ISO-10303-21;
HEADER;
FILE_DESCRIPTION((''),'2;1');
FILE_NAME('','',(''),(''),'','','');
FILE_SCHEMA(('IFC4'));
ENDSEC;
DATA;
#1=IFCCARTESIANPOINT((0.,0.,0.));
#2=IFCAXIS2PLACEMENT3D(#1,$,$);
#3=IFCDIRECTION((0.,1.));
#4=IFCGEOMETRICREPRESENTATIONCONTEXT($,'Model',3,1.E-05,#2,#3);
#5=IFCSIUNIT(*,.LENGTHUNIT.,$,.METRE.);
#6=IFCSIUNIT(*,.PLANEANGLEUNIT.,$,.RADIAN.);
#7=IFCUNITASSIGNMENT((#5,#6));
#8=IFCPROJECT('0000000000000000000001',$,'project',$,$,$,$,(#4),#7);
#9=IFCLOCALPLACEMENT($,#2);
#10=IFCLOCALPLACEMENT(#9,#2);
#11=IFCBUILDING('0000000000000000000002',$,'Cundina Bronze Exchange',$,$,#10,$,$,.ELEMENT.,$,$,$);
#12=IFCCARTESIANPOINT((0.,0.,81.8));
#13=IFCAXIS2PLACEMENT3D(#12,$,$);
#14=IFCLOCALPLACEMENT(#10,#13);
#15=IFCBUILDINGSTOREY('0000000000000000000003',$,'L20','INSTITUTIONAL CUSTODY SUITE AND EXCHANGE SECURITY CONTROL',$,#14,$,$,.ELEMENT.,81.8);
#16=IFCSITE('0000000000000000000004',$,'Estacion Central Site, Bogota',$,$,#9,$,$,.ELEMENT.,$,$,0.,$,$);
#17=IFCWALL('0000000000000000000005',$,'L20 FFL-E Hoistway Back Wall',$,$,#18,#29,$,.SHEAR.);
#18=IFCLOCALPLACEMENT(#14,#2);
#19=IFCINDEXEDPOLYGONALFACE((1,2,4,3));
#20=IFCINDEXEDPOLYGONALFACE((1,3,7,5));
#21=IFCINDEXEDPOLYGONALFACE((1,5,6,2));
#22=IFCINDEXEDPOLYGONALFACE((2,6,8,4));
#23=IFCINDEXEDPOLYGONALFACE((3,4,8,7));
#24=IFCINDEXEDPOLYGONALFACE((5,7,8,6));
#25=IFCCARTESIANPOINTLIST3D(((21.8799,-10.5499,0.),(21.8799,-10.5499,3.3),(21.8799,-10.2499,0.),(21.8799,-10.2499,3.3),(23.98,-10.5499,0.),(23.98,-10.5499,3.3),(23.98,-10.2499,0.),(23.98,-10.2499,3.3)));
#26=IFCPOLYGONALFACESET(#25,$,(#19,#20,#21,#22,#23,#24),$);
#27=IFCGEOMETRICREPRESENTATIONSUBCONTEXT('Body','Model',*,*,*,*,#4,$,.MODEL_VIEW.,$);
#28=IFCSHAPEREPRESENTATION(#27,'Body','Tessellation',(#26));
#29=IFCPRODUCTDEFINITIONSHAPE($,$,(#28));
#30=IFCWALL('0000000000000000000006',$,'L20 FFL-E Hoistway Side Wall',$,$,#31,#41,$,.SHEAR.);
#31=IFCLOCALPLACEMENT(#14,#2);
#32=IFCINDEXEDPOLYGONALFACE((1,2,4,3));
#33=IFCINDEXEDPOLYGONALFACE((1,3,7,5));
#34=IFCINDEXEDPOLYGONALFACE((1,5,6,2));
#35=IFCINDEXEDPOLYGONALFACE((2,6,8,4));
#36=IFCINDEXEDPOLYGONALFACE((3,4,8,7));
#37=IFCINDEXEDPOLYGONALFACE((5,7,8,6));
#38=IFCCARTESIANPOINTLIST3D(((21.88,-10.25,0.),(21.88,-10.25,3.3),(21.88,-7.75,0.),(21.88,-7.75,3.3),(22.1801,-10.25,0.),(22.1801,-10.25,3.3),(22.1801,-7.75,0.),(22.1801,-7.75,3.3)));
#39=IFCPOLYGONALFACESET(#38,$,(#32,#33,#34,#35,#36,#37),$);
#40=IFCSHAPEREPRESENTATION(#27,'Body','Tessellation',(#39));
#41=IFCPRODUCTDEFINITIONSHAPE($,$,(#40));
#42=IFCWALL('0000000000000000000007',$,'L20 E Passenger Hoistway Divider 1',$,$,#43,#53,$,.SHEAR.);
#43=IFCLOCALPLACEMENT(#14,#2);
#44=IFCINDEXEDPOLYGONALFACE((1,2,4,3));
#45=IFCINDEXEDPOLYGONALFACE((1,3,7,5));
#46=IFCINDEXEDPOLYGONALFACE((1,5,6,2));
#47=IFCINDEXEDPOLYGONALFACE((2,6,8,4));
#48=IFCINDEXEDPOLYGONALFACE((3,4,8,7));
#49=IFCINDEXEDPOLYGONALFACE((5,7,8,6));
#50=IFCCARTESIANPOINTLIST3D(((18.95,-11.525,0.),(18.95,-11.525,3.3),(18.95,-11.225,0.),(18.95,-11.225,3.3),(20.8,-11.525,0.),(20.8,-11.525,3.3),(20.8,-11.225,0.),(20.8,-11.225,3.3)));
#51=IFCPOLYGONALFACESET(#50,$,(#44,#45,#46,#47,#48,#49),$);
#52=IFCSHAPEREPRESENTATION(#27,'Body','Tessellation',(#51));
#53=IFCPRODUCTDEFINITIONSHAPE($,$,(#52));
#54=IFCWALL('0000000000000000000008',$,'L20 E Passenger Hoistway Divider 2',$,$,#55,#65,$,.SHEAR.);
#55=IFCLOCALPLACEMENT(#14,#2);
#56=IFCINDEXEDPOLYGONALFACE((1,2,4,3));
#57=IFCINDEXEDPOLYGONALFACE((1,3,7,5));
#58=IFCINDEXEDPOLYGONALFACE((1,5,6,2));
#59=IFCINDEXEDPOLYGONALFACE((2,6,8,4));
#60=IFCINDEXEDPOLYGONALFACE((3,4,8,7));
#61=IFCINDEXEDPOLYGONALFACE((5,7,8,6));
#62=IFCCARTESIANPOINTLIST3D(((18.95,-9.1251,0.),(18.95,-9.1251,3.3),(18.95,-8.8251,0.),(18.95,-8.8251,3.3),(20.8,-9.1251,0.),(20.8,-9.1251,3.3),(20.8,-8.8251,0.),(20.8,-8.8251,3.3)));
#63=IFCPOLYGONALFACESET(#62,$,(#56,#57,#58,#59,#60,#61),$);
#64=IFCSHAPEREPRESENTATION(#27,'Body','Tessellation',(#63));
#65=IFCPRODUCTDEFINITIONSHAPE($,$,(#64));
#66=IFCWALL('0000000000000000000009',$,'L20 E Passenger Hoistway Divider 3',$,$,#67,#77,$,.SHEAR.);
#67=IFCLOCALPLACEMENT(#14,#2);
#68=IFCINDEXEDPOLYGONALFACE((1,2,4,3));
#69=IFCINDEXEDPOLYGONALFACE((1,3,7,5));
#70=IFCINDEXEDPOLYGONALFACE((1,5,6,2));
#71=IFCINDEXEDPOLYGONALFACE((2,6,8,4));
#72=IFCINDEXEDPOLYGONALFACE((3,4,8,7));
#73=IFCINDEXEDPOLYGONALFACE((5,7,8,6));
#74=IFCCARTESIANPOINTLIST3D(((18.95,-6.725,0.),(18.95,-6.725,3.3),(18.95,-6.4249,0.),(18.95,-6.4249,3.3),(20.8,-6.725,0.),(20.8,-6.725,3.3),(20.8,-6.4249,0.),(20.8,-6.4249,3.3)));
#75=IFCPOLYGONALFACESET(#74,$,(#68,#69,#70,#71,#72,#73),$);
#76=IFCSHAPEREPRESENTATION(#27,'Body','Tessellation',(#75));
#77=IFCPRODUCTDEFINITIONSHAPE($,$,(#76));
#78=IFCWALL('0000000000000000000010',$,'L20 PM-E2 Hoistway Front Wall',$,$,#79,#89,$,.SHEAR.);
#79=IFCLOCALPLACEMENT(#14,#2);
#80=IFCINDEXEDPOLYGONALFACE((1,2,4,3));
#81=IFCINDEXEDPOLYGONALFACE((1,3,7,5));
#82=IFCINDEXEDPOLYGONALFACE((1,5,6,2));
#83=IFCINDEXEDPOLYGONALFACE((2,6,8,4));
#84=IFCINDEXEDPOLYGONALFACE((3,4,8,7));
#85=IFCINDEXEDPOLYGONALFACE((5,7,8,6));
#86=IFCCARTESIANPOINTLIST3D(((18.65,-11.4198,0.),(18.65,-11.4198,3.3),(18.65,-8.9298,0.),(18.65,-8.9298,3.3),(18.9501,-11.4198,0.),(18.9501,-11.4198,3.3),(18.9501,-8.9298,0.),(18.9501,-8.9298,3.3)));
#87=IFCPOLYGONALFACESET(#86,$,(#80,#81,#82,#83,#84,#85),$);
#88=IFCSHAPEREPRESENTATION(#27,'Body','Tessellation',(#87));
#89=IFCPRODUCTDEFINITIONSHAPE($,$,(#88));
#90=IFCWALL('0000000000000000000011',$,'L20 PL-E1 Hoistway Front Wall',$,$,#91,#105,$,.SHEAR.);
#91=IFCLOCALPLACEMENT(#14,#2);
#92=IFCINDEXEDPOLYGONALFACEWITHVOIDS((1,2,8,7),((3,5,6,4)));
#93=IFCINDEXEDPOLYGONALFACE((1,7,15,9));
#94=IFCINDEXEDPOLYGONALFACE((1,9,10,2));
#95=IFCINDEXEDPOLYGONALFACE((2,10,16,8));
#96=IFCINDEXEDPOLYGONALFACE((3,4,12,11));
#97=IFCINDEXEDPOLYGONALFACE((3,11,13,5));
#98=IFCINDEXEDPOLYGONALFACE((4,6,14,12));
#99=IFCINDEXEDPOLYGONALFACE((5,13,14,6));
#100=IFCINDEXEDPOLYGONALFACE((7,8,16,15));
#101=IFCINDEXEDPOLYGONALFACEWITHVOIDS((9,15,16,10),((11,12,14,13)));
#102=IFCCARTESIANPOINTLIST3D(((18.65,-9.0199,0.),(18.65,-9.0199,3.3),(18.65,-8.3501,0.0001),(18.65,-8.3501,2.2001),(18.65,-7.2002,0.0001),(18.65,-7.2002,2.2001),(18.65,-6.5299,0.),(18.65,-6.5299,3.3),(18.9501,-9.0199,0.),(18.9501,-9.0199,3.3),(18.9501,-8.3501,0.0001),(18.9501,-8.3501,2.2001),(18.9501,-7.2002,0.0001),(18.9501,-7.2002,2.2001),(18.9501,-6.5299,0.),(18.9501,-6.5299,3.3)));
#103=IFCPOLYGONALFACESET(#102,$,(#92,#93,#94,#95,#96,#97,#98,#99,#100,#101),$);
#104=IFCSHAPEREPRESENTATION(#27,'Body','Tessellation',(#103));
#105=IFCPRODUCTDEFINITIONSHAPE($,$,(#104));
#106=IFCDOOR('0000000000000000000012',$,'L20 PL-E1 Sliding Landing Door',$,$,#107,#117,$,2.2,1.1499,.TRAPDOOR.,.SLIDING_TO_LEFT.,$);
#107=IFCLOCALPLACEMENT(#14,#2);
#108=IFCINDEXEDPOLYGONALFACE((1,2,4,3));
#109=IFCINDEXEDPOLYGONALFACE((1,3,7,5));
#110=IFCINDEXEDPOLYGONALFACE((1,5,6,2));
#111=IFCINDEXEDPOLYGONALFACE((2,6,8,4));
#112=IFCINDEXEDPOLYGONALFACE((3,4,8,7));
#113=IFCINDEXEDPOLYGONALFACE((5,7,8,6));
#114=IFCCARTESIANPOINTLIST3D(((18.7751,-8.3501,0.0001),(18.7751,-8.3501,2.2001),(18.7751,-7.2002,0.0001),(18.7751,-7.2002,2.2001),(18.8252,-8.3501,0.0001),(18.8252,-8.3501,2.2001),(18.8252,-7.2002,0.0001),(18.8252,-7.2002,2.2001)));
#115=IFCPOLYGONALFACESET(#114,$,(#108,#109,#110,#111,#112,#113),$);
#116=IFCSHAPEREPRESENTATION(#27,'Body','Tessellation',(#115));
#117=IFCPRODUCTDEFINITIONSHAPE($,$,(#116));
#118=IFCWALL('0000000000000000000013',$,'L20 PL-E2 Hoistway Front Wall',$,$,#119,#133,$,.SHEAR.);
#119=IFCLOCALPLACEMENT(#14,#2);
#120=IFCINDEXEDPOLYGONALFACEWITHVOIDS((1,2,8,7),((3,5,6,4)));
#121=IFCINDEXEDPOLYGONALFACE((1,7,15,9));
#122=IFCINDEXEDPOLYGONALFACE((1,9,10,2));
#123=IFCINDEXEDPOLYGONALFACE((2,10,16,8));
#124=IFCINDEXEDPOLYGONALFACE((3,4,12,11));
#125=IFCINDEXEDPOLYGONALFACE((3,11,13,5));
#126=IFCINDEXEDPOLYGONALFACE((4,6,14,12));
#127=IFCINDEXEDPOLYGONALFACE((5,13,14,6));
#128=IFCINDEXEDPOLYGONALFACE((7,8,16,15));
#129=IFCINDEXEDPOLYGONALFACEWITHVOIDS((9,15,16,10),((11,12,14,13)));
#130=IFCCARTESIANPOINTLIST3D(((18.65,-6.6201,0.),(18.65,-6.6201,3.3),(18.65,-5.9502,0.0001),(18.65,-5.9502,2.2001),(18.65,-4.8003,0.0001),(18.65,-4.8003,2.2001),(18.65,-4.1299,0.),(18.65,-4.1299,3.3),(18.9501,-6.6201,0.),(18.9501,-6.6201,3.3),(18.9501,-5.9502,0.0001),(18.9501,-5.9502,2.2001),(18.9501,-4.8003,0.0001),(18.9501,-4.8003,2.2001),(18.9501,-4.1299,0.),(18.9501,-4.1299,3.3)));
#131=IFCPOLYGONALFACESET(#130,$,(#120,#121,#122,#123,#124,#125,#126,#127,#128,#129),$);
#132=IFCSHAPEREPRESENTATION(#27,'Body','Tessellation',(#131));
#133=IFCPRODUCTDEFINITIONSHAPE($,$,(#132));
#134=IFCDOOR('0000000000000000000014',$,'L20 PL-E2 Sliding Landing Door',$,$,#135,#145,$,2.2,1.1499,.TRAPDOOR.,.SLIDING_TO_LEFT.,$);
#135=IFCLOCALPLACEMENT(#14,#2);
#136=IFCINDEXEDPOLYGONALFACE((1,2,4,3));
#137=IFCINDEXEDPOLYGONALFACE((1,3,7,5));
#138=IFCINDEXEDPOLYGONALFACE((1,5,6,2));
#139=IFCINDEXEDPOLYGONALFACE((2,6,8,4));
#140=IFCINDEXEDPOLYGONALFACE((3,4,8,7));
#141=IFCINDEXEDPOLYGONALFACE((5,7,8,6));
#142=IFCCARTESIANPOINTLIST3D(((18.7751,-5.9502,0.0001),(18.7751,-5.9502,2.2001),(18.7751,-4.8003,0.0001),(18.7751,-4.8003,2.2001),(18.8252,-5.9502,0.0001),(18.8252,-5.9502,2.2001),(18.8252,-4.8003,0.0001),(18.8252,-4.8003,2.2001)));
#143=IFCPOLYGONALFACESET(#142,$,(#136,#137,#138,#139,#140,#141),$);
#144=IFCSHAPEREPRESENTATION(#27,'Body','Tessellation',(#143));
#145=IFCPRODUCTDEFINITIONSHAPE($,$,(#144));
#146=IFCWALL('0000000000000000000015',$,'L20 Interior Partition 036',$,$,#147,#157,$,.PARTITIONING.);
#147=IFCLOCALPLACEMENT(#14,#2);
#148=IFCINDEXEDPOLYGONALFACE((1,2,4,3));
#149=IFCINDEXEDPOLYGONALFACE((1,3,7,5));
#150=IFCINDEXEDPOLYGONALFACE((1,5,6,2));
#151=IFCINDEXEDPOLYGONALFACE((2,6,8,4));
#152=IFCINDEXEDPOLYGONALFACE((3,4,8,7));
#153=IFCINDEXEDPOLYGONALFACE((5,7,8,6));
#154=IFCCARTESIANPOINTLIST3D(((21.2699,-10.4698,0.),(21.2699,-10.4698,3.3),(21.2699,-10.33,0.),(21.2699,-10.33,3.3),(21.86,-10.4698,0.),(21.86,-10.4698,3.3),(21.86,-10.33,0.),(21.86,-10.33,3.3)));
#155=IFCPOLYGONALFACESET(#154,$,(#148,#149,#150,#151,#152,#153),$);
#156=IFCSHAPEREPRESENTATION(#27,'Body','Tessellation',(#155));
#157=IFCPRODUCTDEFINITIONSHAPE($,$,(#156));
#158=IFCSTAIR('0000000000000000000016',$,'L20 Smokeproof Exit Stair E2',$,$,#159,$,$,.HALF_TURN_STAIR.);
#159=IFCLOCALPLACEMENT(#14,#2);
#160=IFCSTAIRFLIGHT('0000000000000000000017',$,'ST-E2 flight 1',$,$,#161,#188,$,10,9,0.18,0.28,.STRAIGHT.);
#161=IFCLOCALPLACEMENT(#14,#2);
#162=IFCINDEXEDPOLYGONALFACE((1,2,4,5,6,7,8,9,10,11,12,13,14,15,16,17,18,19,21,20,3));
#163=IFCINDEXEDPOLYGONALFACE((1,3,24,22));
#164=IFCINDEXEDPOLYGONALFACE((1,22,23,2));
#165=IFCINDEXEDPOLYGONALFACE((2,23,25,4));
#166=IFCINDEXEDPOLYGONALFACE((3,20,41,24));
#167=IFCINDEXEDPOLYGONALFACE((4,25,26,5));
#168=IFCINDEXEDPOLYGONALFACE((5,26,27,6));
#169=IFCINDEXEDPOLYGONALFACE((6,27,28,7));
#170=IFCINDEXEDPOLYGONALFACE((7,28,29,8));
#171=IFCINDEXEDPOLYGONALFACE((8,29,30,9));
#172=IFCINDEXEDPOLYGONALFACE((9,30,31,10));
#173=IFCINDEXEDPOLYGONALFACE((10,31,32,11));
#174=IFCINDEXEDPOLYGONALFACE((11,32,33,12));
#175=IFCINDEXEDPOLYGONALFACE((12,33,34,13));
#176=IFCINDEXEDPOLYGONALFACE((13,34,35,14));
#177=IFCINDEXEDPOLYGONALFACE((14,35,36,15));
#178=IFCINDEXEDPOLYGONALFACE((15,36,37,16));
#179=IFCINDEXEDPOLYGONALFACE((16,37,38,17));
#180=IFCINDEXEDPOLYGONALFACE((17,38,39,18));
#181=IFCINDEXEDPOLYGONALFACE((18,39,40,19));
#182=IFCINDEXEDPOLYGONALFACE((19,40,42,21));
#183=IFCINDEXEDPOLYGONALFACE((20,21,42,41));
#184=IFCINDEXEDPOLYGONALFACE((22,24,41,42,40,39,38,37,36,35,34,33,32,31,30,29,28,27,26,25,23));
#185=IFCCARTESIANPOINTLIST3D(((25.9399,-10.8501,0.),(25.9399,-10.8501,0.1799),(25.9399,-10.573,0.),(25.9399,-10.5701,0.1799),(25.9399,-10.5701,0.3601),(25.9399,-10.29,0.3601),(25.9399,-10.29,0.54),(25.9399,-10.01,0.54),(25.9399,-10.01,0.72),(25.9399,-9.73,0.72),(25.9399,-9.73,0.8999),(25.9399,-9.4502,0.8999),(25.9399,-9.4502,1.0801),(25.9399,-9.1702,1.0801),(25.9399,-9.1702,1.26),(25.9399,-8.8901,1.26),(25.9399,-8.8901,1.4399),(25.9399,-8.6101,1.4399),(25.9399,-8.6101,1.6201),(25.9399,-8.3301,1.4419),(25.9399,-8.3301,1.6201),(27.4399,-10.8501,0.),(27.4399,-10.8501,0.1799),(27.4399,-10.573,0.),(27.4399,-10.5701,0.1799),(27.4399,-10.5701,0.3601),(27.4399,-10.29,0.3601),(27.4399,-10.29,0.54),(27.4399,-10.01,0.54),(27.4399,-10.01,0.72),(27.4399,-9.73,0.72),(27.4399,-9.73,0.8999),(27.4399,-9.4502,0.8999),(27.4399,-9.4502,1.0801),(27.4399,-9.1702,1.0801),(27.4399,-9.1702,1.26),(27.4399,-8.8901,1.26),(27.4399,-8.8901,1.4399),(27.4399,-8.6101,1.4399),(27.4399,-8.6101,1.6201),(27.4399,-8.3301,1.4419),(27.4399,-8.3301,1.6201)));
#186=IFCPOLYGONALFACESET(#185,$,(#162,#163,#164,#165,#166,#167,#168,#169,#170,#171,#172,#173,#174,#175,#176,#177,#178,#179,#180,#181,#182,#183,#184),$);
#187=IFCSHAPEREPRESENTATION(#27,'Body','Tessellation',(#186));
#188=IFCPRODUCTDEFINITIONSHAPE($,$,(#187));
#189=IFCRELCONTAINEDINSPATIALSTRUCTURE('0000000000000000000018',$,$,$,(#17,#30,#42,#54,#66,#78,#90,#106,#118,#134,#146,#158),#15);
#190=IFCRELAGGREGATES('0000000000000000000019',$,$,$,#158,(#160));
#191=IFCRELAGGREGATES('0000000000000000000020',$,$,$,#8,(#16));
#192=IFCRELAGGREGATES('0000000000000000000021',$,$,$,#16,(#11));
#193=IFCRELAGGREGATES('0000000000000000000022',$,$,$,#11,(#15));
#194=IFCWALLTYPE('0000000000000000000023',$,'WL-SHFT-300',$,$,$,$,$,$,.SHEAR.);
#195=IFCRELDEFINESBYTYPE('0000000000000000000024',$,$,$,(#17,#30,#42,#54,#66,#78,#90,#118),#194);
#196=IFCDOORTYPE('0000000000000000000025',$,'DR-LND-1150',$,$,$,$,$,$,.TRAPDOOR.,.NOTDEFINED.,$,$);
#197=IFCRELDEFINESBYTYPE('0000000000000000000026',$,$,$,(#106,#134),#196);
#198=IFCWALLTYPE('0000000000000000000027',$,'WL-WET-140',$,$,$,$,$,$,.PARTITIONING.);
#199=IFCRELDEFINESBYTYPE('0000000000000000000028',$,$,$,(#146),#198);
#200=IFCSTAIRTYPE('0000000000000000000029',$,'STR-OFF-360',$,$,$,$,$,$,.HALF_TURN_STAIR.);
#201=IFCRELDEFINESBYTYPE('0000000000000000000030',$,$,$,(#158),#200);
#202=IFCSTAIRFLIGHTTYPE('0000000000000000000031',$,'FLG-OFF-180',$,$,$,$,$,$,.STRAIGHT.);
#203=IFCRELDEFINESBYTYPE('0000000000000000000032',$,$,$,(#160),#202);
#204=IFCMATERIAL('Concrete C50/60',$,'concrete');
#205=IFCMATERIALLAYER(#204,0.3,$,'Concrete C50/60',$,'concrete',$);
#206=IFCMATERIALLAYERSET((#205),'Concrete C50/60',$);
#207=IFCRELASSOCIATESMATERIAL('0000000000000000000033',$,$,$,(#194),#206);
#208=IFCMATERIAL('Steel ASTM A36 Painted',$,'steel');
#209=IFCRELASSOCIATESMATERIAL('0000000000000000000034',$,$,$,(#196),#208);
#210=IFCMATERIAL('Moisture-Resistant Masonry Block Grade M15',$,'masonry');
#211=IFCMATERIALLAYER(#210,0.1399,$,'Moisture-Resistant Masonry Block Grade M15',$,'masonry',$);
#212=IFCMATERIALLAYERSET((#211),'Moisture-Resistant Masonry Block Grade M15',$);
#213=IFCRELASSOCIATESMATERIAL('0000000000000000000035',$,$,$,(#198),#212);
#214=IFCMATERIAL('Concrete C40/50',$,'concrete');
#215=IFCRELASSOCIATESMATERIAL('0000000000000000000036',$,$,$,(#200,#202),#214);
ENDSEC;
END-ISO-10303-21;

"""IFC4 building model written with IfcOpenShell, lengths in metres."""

from ifc_helpers import new_model, si_unit, direction, frame, frame_2d, origin, place, context, subcontext, project, spatial, polyline, rectangle, outline, extrude, material, layer, layer_set, type_object, element, fill, aggregate, save


model = new_model("IFC4")

# Units and contexts
model_context = context("Model", 3, precision=1e-05, world=origin(), true_north=direction((0.0, 1.0)))
body_context = subcontext(model_context, "Body", "Model", "MODEL_VIEW")
ifc_project = project(units=[si_unit("LENGTHUNIT", "METRE"), si_unit("PLANEANGLEUNIT", "RADIAN")], contexts=[model_context])

# Site, building, storey
site_placement = place(None, origin())
site = spatial("IfcSite", under=ifc_project, at=site_placement, Name="Estacion Central Site, Bogota", CompositionType="ELEMENT", RefElevation=0.0)
building_placement = place(site_placement, origin())
building = spatial("IfcBuilding", under=site, at=building_placement, Name="Cundina Bronze Exchange", CompositionType="ELEMENT")
storey_placement = place(building_placement, frame((0.0, 0.0, 81.8)))
storey = spatial("IfcBuildingStorey", under=building, at=storey_placement, Name="L20", Description="INSTITUTIONAL CUSTODY SUITE AND EXCHANGE SECURITY CONTROL", CompositionType="ELEMENT", Elevation=81.8)

# Shared definitions
ifc_material_1 = material(Name="Concrete C50/60", Category="concrete")
ifc_layer_1 = layer(ifc_material_1, 0.3, Name="Concrete C50/60", Category="concrete")
ifc_layer_set_1 = layer_set([ifc_layer_1], Name="Concrete C50/60")
wall_type_1 = type_object("IfcWallType", Name="WL-SHFT-300", PredefinedType="SHEAR", material=ifc_layer_set_1)

# Shared definitions
ifc_material_2 = material(Name="Steel ASTM A36 Painted", Category="steel")
door_type_1 = type_object("IfcDoorType", Name="DR-LND-1150", OperationType="NOTDEFINED", PredefinedType="TRAPDOOR", material=ifc_material_2)

# Walls
wall_1_placement = place(storey_placement, frame((21.8799, -10.3999, 0.0), z_axis=(0.0, 0.0, 1.0), x_axis=(1.0, 0.0, 0.0)))
element("IfcWall", 1, at=wall_1_placement, inside=storey, type_object=wall_type_1, Name="L20 FFL-E Hoistway Back Wall", PredefinedType="SHEAR", context=body_context, shape_type="SweptSolid", body=[
    extrude(rectangle(XDim=2.1001, YDim=0.3, at=frame_2d((1.05, 0.0))), origin(), (0.0, 0.0, 1.0), 3.3),
])
wall_2_placement = place(storey_placement, frame((22.03, -10.25, 0.0), z_axis=(0.0, 0.0, 1.0), x_axis=(0.0, 1.0, 0.0)))
element("IfcWall", 2, at=wall_2_placement, inside=storey, type_object=wall_type_1, Name="L20 FFL-E Hoistway Side Wall", PredefinedType="SHEAR", context=body_context, shape_type="SweptSolid", body=[
    extrude(rectangle(XDim=2.5, YDim=0.3, at=frame_2d((1.25, 0.0))), origin(), (0.0, 0.0, 1.0), 3.3),
])
for number, where, z_axis, x_axis, name in (
    (3, (18.95, -11.375, 0.0), (0.0, 0.0, 1.0), (1.0, 0.0, 0.0), "L20 E Passenger Hoistway Divider 1"),
    (4, (18.95, -8.9751, 0.0), (0.0, 0.0, 1.0), (1.0, 0.0, 0.0), "L20 E Passenger Hoistway Divider 2"),
    (5, (18.95, -6.575, 0.0), (0.0, 0.0, 1.0), (1.0, 0.0, 0.0), "L20 E Passenger Hoistway Divider 3"),
):
    element("IfcWall", number, at=place(storey_placement, frame(where, z_axis=z_axis, x_axis=x_axis)), inside=storey, type_object=wall_type_1, Name=name, PredefinedType="SHEAR", context=body_context, shape_type="SweptSolid", body=[
        extrude(rectangle(XDim=1.8501, YDim=0.3, at=frame_2d((0.925, 0.0))), origin(), (0.0, 0.0, 1.0), 3.3),
    ])
wall_3_placement = place(storey_placement, frame((18.8, -11.4199, 0.0), z_axis=(0.0, 0.0, 1.0), x_axis=(0.0, 1.0, 0.0)))
element("IfcWall", 6, at=wall_3_placement, inside=storey, type_object=wall_type_1, Name="L20 PM-E2 Hoistway Front Wall", PredefinedType="SHEAR", context=body_context, shape_type="SweptSolid", body=[
    extrude(rectangle(XDim=2.49, YDim=0.3, at=frame_2d((1.2451, 0.0))), origin(), (0.0, 0.0, 1.0), 3.3),
])

# Walls, openings, doors
wall_4_placement = place(storey_placement, frame((18.8, -9.02, 0.0), z_axis=(0.0, 0.0, 1.0), x_axis=(0.0, 1.0, 0.0)))
wall_4 = element("IfcWall", 7, at=wall_4_placement, inside=storey, type_object=wall_type_1, Name="L20 PL-E1 Hoistway Front Wall", PredefinedType="SHEAR", context=body_context, shape_type="SweptSolid", body=[
    extrude(rectangle(XDim=2.49, YDim=0.3, at=frame_2d((1.2451, 0.0))), origin(), (0.0, 0.0, 1.0), 3.3),
])
opening_1_placement = place(wall_4_placement, frame((0.6699, 0.0, 0.0)))
opening_1 = element("IfcOpeningElement", 8, at=opening_1_placement, cuts=wall_4, PredefinedType="OPENING", context=body_context, shape_type="SweptSolid", body=[
    extrude(rectangle(XDim=1.1499, YDim=2.2, at=frame_2d((0.575, 1.1001))), frame((0.0, 0.1599, 0.0), z_axis=(0.0, -1.0, 0.0), x_axis=(1.0, 0.0, 0.0)), (0.0, 0.0, 1.0), 0.3201),
])
door_1_placement = place(opening_1_placement, origin())
door_1 = element("IfcDoor", 9, at=door_1_placement, inside=storey, type_object=door_type_1, Name="L20 PL-E1 Sliding Landing Door", OperationType="SLIDING_TO_LEFT", OverallHeight=2.2, OverallWidth=1.1499, PredefinedType="TRAPDOOR", context=body_context, shape_type="SweptSolid", body=[
    extrude(rectangle(XDim=1.1499, YDim=2.2, at=frame_2d((0.575, 1.1001))), frame((0.0, 0.0249, 0.0), z_axis=(0.0, -1.0, 0.0), x_axis=(1.0, 0.0, 0.0)), (0.0, 0.0, 1.0), 0.05),
])
fill(opening_1, door_1)
wall_5_placement = place(storey_placement, frame((18.8, -6.6201, 0.0), z_axis=(0.0, 0.0, 1.0), x_axis=(0.0, 1.0, 0.0)))
wall_5 = element("IfcWall", 10, at=wall_5_placement, inside=storey, type_object=wall_type_1, Name="L20 PL-E2 Hoistway Front Wall", PredefinedType="SHEAR", context=body_context, shape_type="SweptSolid", body=[
    extrude(rectangle(XDim=2.4902, YDim=0.3, at=frame_2d((1.2451, 0.0))), origin(), (0.0, 0.0, 1.0), 3.3),
])
opening_2_placement = place(wall_5_placement, frame((0.6699, 0.0, 0.0)))
opening_2 = element("IfcOpeningElement", 11, at=opening_2_placement, cuts=wall_5, PredefinedType="OPENING", context=body_context, shape_type="SweptSolid", body=[
    extrude(rectangle(XDim=1.1499, YDim=2.2, at=frame_2d((0.575, 1.1001))), frame((0.0, 0.1599, 0.0), z_axis=(0.0, -1.0, 0.0), x_axis=(1.0, 0.0, 0.0)), (0.0, 0.0, 1.0), 0.3201),
])
door_2_placement = place(opening_2_placement, origin())
door_2 = element("IfcDoor", 12, at=door_2_placement, inside=storey, type_object=door_type_1, Name="L20 PL-E2 Sliding Landing Door", OperationType="SLIDING_TO_LEFT", OverallHeight=2.2, OverallWidth=1.1499, PredefinedType="TRAPDOOR", context=body_context, shape_type="SweptSolid", body=[
    extrude(rectangle(XDim=1.1499, YDim=2.2, at=frame_2d((0.575, 1.1001))), frame((0.0, 0.0249, 0.0), z_axis=(0.0, -1.0, 0.0), x_axis=(1.0, 0.0, 0.0)), (0.0, 0.0, 1.0), 0.05),
])
fill(opening_2, door_2)

# Wall
ifc_material_3 = material(Name="Moisture-Resistant Masonry Block Grade M15", Category="masonry")
ifc_layer_2 = layer(ifc_material_3, 0.1399, Name="Moisture-Resistant Masonry Block Grade M15", Category="masonry")
ifc_layer_set_2 = layer_set([ifc_layer_2], Name="Moisture-Resistant Masonry Block Grade M15")
wall_type_2 = type_object("IfcWallType", Name="WL-WET-140", PredefinedType="PARTITIONING", material=ifc_layer_set_2)
wall_6_placement = place(storey_placement, frame((21.27, -10.3999, 0.0), z_axis=(0.0, 0.0, 1.0), x_axis=(1.0, 0.0, 0.0)))
element("IfcWall", 13, at=wall_6_placement, inside=storey, type_object=wall_type_2, Name="L20 Interior Partition 036", PredefinedType="PARTITIONING", context=body_context, shape_type="SweptSolid", body=[
    extrude(rectangle(XDim=0.5901, YDim=0.1399, at=frame_2d((0.2949, 0.0))), origin(), (0.0, 0.0, 1.0), 3.3),
])

# Stair, stair flight
ifc_material_4 = material(Name="Concrete C40/50", Category="concrete")
stair_type = type_object("IfcStairType", Name="STR-OFF-360", PredefinedType="HALF_TURN_STAIR", material=ifc_material_4)
stair_placement = place(storey_placement, origin())
stair = element("IfcStair", 14, at=stair_placement, inside=storey, type_object=stair_type, Name="L20 Smokeproof Exit Stair E2", PredefinedType="HALF_TURN_STAIR")
stair_flight_type = type_object("IfcStairFlightType", Name="FLG-OFF-180", PredefinedType="STRAIGHT", material=ifc_material_4)
stair_flight_1_placement = place(storey_placement, frame((26.6899, -10.8501, 0.0), z_axis=(0.0, 0.0, 1.0), x_axis=(0.0, 1.0, 0.0)))
stair_flight_1 = element("IfcStairFlight", 15, at=stair_flight_1_placement, type_object=stair_flight_type, Name="ST-E2 flight 1", NumberOfRisers=10, NumberOfTreads=9, PredefinedType="STRAIGHT", RiserHeight=0.18, TreadLength=0.28, context=body_context, shape_type="SweptSolid", body=[
    extrude(outline(polyline([(0.0, 0.0), (0.0, 0.1799), (0.28, 0.1799), (0.28, 0.3601), (0.5601, 0.3601), (0.5601, 0.54), (0.8401, 0.54), (0.8401, 0.72), (1.1201, 0.72), (1.1201, 0.8999), (1.3999, 0.8999), (1.3999, 1.0801), (1.6799, 1.0801), (1.6799, 1.26), (1.96, 1.26), (1.96, 1.4399), (2.24, 1.4399), (2.24, 1.6201), (2.52, 1.6201), (2.52, 1.8), (2.52, 1.4419), (0.2771, 0.0), (0.0, 0.0)])), frame((0.0, 0.75, 0.0), z_axis=(0.0, -1.0, 0.0), x_axis=(1.0, 0.0, 0.0)), (0.0, 0.0, 1.0), 1.5),
])
aggregate(stair, [stair_flight_1])

save(model, "model.ifc")
